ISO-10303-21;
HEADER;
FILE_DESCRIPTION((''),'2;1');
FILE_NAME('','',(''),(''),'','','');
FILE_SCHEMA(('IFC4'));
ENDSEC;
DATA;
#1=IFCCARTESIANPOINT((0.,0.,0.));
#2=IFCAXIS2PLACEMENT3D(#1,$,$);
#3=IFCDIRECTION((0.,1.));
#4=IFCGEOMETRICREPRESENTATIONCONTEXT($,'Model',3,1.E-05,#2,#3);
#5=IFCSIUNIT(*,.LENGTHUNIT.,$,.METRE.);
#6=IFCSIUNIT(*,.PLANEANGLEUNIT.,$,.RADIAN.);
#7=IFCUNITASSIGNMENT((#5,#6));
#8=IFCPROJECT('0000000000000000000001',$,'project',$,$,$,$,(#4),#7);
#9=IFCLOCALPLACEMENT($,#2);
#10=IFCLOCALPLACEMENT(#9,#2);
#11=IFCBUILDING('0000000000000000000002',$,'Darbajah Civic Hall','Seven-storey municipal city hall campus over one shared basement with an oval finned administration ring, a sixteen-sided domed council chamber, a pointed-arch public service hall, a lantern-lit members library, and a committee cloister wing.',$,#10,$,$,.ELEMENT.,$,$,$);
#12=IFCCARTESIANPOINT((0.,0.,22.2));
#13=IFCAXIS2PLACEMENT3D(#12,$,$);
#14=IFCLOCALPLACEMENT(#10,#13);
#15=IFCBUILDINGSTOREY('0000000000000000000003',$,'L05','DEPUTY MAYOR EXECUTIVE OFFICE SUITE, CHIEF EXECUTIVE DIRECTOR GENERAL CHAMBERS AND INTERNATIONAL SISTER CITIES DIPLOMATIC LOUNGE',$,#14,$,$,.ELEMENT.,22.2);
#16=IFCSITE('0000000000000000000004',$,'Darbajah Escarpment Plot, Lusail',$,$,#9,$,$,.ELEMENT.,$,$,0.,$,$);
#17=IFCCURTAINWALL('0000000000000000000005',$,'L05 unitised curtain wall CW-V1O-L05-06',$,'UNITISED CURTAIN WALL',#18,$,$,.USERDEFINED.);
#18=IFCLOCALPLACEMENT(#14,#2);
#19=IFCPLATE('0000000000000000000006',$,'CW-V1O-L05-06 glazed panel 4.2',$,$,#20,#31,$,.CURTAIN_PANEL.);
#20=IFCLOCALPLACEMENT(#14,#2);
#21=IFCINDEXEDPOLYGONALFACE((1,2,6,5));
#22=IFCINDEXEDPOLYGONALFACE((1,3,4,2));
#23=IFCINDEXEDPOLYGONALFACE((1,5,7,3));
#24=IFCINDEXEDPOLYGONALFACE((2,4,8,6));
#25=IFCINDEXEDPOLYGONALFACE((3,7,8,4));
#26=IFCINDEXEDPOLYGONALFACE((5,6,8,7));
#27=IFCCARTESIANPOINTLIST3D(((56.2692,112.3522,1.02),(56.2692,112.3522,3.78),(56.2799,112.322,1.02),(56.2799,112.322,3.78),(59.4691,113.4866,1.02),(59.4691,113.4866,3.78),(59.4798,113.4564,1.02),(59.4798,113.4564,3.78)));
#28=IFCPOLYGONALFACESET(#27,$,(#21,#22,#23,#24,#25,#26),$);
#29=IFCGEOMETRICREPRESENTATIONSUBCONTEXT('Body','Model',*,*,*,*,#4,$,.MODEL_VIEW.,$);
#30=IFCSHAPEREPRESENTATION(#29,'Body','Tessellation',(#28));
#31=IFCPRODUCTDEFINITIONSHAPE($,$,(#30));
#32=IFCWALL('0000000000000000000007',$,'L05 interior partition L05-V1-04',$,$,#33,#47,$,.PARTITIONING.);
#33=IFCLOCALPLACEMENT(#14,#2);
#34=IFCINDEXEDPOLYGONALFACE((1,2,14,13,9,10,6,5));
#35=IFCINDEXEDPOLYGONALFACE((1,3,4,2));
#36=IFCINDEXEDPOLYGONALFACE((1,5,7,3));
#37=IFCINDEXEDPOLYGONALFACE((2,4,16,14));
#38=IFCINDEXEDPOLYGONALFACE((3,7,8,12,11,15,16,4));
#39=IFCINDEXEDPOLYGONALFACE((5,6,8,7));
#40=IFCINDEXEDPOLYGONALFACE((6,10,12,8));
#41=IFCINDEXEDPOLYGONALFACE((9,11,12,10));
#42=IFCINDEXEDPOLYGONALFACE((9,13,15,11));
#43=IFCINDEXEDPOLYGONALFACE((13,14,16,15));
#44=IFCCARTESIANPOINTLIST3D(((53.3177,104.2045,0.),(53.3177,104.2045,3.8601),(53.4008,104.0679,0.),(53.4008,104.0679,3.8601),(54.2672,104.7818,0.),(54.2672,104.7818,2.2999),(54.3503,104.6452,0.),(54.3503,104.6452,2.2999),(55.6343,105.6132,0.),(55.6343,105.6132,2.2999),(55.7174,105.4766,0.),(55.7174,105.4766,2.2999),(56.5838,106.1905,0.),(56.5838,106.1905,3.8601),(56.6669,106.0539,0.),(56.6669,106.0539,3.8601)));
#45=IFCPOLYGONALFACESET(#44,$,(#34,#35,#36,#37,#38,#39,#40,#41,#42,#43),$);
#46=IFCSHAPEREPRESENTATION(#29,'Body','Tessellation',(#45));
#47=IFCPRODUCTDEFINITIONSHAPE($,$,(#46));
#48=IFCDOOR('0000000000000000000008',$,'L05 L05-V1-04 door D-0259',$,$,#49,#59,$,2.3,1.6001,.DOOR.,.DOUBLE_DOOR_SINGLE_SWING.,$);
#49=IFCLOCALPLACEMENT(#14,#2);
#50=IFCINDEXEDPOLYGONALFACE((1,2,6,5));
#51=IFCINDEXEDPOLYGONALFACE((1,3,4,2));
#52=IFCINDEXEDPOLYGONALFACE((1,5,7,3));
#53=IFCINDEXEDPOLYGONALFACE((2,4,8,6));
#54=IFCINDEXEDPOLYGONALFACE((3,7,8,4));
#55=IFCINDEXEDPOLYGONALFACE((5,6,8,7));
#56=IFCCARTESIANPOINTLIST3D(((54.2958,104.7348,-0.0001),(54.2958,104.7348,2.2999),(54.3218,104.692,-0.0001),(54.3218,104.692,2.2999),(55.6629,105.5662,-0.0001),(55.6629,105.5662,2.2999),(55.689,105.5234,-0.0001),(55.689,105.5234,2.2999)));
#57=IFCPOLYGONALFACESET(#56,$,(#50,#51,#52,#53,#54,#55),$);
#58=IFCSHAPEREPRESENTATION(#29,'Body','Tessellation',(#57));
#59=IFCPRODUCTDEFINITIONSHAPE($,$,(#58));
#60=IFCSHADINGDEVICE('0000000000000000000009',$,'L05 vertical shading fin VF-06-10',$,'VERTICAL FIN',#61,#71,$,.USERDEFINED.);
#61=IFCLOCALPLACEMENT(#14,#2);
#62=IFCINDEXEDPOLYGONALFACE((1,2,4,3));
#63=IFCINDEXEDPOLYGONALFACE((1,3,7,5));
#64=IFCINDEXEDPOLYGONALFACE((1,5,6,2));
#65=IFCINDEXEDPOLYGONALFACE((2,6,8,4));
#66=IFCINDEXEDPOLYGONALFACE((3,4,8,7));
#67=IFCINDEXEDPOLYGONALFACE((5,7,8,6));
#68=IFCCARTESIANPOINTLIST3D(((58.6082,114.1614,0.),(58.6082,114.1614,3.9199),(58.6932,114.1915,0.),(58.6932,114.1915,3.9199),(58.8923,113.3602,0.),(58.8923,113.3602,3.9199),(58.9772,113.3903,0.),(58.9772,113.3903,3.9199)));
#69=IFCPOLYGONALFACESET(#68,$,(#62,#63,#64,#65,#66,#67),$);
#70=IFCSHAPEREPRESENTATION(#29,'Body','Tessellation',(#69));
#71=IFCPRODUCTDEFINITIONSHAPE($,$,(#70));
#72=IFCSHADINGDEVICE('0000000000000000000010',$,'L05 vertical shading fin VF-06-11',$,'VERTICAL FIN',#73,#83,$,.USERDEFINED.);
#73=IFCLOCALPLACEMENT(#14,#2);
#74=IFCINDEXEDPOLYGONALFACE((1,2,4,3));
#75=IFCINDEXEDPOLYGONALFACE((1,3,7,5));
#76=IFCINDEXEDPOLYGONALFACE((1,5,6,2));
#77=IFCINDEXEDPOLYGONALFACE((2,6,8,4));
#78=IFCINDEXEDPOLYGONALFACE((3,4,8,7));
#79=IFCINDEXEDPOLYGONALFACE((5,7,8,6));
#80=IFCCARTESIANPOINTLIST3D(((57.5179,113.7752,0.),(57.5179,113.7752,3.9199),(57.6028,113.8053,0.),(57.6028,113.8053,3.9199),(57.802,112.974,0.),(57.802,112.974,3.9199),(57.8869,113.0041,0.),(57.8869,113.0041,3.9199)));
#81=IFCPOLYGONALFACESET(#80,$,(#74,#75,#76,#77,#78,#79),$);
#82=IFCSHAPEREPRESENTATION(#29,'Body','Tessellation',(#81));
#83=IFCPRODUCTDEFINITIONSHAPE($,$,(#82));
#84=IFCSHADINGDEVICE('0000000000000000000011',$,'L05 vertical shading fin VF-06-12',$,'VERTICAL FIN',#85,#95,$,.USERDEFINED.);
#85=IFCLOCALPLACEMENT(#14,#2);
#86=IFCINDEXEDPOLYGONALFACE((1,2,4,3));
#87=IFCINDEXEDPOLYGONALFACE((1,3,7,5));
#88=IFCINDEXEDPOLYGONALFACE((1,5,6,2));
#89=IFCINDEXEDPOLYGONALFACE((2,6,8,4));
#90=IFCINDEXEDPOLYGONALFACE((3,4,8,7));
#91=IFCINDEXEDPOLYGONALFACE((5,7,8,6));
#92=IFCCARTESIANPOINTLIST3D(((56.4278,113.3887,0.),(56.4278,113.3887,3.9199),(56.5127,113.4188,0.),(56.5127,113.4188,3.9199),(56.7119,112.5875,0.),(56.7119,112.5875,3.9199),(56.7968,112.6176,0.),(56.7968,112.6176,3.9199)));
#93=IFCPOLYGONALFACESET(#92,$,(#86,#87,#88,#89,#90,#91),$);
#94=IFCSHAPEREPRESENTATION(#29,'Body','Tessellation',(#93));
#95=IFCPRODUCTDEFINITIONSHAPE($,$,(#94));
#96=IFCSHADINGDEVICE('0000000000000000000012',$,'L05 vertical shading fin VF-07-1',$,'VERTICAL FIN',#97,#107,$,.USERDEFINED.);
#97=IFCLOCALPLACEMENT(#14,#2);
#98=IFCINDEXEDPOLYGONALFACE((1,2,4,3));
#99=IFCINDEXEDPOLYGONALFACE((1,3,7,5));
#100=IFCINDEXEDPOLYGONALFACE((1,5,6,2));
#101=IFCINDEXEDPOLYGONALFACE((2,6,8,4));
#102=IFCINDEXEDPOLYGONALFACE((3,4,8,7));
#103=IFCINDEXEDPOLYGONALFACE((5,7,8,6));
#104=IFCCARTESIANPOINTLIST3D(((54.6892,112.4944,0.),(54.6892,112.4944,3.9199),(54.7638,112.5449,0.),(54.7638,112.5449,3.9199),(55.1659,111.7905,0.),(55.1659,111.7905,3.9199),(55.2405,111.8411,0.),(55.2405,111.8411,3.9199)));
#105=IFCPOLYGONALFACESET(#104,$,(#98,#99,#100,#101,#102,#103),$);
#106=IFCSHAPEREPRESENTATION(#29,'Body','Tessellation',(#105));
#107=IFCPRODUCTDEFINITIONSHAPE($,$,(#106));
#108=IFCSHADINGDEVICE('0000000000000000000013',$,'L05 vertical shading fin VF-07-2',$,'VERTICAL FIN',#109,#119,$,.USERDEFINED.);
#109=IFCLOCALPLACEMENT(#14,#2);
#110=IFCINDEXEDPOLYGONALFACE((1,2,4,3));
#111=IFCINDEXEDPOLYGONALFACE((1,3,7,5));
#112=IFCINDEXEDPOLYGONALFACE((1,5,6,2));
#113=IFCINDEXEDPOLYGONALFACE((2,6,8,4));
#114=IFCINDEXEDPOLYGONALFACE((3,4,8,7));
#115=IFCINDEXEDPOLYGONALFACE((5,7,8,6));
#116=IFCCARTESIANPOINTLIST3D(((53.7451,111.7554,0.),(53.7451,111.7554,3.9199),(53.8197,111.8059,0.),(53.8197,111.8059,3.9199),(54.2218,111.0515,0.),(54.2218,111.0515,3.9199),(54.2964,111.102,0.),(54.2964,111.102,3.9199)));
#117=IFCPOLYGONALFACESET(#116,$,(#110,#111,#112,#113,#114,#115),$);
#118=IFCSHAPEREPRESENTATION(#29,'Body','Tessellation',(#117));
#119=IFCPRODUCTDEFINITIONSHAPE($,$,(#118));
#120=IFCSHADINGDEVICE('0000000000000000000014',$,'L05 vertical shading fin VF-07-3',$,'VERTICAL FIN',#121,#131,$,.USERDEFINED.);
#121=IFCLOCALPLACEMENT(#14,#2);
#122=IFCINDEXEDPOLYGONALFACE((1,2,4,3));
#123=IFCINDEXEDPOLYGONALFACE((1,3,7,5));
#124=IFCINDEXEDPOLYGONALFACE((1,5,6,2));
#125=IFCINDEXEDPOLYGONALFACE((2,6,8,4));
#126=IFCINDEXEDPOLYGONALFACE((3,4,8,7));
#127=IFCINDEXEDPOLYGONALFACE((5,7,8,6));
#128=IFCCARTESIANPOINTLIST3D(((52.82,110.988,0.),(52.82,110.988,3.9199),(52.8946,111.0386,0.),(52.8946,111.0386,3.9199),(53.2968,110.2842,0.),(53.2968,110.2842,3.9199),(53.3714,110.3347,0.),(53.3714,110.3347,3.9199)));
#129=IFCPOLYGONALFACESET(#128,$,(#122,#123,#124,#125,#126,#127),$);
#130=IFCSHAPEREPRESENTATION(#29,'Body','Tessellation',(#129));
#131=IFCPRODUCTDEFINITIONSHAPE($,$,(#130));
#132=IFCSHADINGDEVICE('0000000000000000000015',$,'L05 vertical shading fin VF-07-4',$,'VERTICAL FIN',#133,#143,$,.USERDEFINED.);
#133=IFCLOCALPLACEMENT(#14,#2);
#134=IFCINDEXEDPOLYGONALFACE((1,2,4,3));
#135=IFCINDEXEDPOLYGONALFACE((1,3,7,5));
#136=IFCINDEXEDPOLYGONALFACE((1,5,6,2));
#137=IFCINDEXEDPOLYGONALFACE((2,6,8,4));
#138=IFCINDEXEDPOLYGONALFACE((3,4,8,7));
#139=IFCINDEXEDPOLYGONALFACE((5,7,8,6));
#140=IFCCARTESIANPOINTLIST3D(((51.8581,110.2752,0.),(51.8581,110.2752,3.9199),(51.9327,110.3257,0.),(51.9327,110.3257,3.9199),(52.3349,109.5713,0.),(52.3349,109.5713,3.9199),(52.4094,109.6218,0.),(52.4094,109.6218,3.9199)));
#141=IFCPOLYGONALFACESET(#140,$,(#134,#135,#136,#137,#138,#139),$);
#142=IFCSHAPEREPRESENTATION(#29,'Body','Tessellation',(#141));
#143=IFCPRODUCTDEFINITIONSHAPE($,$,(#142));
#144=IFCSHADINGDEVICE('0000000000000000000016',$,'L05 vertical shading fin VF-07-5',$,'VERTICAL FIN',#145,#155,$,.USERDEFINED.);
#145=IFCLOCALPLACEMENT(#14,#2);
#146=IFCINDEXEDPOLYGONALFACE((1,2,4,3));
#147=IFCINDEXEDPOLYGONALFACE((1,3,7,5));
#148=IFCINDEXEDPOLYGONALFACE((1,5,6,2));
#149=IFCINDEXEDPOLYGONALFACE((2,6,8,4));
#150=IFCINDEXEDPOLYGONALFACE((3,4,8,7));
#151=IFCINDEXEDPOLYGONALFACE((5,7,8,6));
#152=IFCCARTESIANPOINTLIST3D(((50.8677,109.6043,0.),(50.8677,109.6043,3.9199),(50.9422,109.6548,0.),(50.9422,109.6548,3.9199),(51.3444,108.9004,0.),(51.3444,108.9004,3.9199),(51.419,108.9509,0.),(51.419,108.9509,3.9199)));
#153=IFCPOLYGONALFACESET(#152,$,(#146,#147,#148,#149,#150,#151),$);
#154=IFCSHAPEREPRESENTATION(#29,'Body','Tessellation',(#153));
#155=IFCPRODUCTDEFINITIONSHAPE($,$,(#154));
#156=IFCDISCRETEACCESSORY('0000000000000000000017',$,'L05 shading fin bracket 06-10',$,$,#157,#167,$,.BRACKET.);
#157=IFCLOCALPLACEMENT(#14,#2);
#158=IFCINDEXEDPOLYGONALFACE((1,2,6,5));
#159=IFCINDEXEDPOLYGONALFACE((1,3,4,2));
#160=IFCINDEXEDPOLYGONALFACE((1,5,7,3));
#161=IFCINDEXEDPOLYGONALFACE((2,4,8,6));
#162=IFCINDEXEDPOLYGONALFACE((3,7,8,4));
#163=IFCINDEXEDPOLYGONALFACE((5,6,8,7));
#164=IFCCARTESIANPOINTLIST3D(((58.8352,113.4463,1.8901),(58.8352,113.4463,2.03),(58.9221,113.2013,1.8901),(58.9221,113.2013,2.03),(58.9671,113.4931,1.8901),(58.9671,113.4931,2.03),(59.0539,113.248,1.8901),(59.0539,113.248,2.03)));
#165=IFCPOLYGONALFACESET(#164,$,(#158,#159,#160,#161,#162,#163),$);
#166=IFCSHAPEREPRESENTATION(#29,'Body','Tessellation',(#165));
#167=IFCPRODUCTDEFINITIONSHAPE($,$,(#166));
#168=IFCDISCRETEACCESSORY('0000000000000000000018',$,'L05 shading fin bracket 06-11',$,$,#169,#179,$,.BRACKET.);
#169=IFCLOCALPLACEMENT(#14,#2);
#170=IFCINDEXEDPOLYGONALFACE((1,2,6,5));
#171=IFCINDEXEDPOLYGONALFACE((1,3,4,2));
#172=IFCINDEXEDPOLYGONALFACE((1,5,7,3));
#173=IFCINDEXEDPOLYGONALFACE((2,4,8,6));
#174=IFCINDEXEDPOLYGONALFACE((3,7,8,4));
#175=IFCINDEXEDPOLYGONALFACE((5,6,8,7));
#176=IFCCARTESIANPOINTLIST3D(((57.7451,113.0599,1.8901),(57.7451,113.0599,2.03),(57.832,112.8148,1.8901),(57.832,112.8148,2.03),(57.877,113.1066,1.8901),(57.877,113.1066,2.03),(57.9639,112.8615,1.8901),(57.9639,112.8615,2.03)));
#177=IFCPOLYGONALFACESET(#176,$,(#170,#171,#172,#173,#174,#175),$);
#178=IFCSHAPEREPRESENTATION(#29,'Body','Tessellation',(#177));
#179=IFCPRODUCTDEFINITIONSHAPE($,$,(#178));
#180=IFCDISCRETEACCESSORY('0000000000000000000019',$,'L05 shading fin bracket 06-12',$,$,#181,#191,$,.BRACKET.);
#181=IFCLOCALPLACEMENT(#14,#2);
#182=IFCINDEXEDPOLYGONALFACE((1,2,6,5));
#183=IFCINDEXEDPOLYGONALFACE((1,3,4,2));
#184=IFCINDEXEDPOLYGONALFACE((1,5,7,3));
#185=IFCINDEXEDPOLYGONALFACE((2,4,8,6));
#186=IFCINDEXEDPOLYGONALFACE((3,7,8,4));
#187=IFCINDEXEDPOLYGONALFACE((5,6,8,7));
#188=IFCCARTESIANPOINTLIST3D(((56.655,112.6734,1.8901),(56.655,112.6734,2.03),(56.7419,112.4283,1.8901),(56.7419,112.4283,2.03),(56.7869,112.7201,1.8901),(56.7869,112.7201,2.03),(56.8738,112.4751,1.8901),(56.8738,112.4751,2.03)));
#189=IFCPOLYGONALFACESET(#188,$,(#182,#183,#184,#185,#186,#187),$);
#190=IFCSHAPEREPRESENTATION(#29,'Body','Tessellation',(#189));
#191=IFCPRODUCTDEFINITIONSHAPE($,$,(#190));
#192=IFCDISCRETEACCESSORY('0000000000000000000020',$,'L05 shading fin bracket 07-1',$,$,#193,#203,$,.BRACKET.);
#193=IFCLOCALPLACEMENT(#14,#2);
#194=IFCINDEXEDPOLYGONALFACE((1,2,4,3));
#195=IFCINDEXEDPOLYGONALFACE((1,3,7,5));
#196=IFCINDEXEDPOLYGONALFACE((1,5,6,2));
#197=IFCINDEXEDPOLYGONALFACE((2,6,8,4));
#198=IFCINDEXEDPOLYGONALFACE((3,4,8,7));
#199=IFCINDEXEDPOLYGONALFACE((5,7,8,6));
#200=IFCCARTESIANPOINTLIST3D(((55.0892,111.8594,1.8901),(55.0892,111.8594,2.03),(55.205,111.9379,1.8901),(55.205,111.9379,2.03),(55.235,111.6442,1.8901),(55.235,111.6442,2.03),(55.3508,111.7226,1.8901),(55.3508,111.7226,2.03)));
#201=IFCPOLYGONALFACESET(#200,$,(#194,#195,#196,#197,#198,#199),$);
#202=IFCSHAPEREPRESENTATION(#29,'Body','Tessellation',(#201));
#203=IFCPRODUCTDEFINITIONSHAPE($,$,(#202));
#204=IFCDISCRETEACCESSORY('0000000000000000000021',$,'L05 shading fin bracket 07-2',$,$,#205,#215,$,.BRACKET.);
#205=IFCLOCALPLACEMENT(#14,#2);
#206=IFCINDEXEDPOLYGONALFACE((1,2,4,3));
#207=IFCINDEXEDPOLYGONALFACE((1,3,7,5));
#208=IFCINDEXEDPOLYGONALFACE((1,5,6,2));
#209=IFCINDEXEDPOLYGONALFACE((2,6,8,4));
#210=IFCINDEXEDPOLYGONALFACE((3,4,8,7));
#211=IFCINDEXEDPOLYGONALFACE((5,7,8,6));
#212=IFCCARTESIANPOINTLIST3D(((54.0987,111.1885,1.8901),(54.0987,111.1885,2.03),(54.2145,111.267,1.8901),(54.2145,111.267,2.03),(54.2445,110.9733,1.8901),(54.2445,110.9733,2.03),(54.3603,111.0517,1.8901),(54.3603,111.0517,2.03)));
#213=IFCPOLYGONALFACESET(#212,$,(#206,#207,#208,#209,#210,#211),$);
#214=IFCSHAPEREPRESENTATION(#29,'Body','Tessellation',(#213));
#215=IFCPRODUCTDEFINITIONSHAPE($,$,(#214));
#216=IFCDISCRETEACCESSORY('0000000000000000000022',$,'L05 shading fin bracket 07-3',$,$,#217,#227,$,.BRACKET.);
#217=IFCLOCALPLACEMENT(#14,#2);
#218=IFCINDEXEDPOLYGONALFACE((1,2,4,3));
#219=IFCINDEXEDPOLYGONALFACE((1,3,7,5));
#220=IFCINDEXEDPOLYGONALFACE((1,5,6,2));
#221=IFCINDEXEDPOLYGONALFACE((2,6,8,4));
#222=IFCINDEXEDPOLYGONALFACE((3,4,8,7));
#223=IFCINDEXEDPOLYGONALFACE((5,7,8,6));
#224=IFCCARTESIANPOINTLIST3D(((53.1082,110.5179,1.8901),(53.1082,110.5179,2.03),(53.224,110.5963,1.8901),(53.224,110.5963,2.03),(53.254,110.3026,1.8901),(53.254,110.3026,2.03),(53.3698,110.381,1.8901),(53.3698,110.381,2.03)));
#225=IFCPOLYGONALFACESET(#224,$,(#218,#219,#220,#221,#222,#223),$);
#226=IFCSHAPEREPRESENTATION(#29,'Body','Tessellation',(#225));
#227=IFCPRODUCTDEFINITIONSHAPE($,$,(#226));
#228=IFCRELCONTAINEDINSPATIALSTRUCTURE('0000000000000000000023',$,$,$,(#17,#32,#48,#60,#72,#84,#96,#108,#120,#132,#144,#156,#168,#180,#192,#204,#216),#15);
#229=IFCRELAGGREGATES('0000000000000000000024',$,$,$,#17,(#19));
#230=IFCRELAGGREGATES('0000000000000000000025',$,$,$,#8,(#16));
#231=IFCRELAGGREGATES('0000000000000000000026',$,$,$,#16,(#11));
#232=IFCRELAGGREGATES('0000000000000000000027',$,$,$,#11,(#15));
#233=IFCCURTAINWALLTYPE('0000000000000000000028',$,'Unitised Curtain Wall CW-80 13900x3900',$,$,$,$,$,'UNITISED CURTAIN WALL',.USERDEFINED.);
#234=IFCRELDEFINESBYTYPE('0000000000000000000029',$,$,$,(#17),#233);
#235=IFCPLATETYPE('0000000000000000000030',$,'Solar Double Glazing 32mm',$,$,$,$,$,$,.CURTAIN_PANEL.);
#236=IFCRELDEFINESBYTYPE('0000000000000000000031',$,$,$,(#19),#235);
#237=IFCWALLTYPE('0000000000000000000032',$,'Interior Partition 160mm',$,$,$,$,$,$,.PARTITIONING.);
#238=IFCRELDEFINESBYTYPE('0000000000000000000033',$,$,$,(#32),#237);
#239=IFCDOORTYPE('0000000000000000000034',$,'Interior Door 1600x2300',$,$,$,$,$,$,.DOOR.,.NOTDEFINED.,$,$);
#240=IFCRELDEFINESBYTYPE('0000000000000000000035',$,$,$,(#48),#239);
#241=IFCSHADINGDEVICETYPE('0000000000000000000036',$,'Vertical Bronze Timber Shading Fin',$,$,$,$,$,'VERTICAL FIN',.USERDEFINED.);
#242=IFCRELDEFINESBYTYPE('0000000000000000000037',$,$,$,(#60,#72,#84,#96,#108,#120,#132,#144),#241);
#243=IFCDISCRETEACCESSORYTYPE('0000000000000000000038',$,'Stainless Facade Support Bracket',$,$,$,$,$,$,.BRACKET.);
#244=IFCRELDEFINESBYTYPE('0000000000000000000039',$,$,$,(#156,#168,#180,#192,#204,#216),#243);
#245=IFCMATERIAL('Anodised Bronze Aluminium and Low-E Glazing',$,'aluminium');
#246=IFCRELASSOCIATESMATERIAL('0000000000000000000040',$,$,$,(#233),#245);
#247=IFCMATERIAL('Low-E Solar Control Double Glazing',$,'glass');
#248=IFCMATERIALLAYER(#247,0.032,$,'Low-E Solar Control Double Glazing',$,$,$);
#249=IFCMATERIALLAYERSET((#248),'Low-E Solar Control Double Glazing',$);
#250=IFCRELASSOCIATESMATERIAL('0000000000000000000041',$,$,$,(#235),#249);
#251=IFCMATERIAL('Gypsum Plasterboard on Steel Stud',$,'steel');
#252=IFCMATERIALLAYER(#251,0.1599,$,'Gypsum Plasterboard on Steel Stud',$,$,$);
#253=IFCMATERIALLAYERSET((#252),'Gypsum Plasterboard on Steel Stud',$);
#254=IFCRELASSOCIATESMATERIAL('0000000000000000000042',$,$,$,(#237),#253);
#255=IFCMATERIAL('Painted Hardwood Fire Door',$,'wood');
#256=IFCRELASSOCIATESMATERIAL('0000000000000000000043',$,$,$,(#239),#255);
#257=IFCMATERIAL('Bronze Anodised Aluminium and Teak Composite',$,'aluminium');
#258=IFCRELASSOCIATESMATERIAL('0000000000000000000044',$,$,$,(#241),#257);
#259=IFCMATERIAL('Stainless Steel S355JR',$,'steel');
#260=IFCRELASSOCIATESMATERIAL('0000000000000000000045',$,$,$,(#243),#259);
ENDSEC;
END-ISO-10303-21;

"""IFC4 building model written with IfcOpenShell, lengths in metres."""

from ifc_helpers import new_model, si_unit, direction, frame, frame_2d, origin, origin_2d, place, context, subcontext, project, spatial, rectangle, extrude, material, layer, layer_set, type_object, element, fill, aggregate, save


model = new_model("IFC4")

# Units and contexts
model_context = context("Model", 3, precision=1e-05, world=origin(), true_north=direction((0.0, 1.0)))
body_context = subcontext(model_context, "Body", "Model", "MODEL_VIEW")
ifc_project = project(units=[si_unit("LENGTHUNIT", "METRE"), si_unit("PLANEANGLEUNIT", "RADIAN")], contexts=[model_context])

# Site, building, storey
site_placement = place(None, origin())
site = spatial("IfcSite", under=ifc_project, at=site_placement, Name="Darbajah Escarpment Plot, Lusail", CompositionType="ELEMENT", RefElevation=0.0)
building_placement = place(site_placement, origin())
building = spatial("IfcBuilding", under=site, at=building_placement, Name="Darbajah Civic Hall", Description="Seven-storey municipal city hall campus over one shared basement with an oval finned administration ring, a sixteen-sided domed council chamber, a pointed-arch public service hall, a lantern-lit members library, and a committee cloister wing.", CompositionType="ELEMENT")
storey_placement = place(building_placement, frame((0.0, 0.0, 22.2)))
storey = spatial("IfcBuildingStorey", under=building, at=storey_placement, Name="L05", Description="DEPUTY MAYOR EXECUTIVE OFFICE SUITE, CHIEF EXECUTIVE DIRECTOR GENERAL CHAMBERS AND INTERNATIONAL SISTER CITIES DIPLOMATIC LOUNGE", CompositionType="ELEMENT", Elevation=22.2)

# Shared definitions
ifc_material_1 = material(Name="Anodised Bronze Aluminium and Low-E Glazing", Category="aluminium")

# Curtain wall
curtain_wall_type_1 = type_object("IfcCurtainWallType", Name="Unitised Curtain Wall CW-80 13900x3900", ElementType="UNITISED CURTAIN WALL", PredefinedType="USERDEFINED", material=ifc_material_1)
curtain_wall_1_placement = place(storey_placement, origin())
curtain_wall_1 = element("IfcCurtainWall", 1, at=curtain_wall_1_placement, inside=storey, type_object=curtain_wall_type_1, Name="L05 unitised curtain wall CW-V1O-L05-06", ObjectType="UNITISED CURTAIN WALL", PredefinedType="USERDEFINED")

# Plate
ifc_material_2 = material(Name="Low-E Solar Control Double Glazing", Category="glass")
ifc_layer_1 = layer(ifc_material_2, 0.032, Name="Low-E Solar Control Double Glazing")
ifc_layer_set_1 = layer_set([ifc_layer_1], Name="Low-E Solar Control Double Glazing")
plate_type_1 = type_object("IfcPlateType", Name="Solar Double Glazing 32mm", PredefinedType="CURTAIN_PANEL", material=ifc_layer_set_1)
plate_1_placement = place(storey_placement, frame((57.8745, 112.9043, 1.02), z_axis=(0.0, 0.0, 1.0), x_axis=(-0.942525, -0.334136, 0.0)))
plate_1 = element("IfcPlate", 2, at=plate_1_placement, type_object=plate_type_1, Name="CW-V1O-L05-06 glazed panel 4.2", PredefinedType="CURTAIN_PANEL", context=body_context, shape_type="SweptSolid", body=[
    extrude(rectangle(XDim=3.395, YDim=0.032, at=origin_2d()), origin(), (0.0, 0.0, 1.0), 2.76),
])
aggregate(curtain_wall_1, [plate_1])

# Wall, opening, door
ifc_material_3 = material(Name="Gypsum Plasterboard on Steel Stud", Category="steel")
ifc_layer_2 = layer(ifc_material_3, 0.1599, Name="Gypsum Plasterboard on Steel Stud")
ifc_layer_set_2 = layer_set([ifc_layer_2], Name="Gypsum Plasterboard on Steel Stud")
wall_type = type_object("IfcWallType", Name="Interior Partition 160mm", PredefinedType="PARTITIONING", material=ifc_layer_set_2)
wall_placement = place(storey_placement, frame((53.3594, 104.1362, 0.0), z_axis=(0.0, 0.0, 1.0), x_axis=(0.854429, 0.519568, 0.0)))
wall = element("IfcWall", 3, at=wall_placement, inside=storey, type_object=wall_type, Name="L05 interior partition L05-V1-04", PredefinedType="PARTITIONING", context=body_context, shape_type="SweptSolid", body=[
    extrude(rectangle(XDim=3.8225, YDim=0.1599, at=frame_2d((1.9111, 0.0))), origin(), (0.0, 0.0, 1.0), 3.8601),
])
opening_placement = place(wall_placement, frame((1.1111, 0.0, 0.0)))
opening = element("IfcOpeningElement", 4, at=opening_placement, cuts=wall, PredefinedType="OPENING", context=body_context, shape_type="SweptSolid", body=[
    extrude(rectangle(XDim=1.6001, YDim=2.3, at=frame_2d((0.8, 1.1499))), frame((0.0, 0.0898, 0.0), z_axis=(0.0, -1.0, 0.0), x_axis=(1.0, 0.0, 0.0)), (0.0, 0.0, 1.0), 0.1799),
])
ifc_material_4 = material(Name="Painted Hardwood Fire Door", Category="wood")
door_type = type_object("IfcDoorType", Name="Interior Door 1600x2300", OperationType="NOTDEFINED", PredefinedType="DOOR", material=ifc_material_4)
door_placement = place(opening_placement, origin())
door = element("IfcDoor", 5, at=door_placement, inside=storey, type_object=door_type, Name="L05 L05-V1-04 door D-0259", OperationType="DOUBLE_DOOR_SINGLE_SWING", OverallHeight=2.3, OverallWidth=1.6001, PredefinedType="DOOR", context=body_context, shape_type="SweptSolid", body=[
    extrude(rectangle(XDim=1.6001, YDim=2.3, at=frame_2d((0.8, 1.1499))), frame((0.0, 0.0249, 0.0), z_axis=(0.0, -1.0, 0.0), x_axis=(1.0, 0.0, 0.0)), (0.0, 0.0, 1.0), 0.05),
])
fill(opening, door)

# Shading devices
ifc_material_5 = material(Name="Bronze Anodised Aluminium and Teak Composite", Category="aluminium")
shading_device_type = type_object("IfcShadingDeviceType", Name="Vertical Bronze Timber Shading Fin", ElementType="VERTICAL FIN", PredefinedType="USERDEFINED", material=ifc_material_5)
for number, where, z_axis, x_axis, name in (
    (6, (58.7927, 113.7759, 0.0), (0.0, 0.0, 1.0), (-0.334136, 0.942525, 0.0), "L05 vertical shading fin VF-06-10"),
    (7, (57.7024, 113.3896, 0.0), (0.0, 0.0, 1.0), (-0.334136, 0.942525, 0.0), "L05 vertical shading fin VF-06-11"),
    (8, (56.6123, 113.0032, 0.0), (0.0, 0.0, 1.0), (-0.334136, 0.942525, 0.0), "L05 vertical shading fin VF-06-12"),
    (9, (54.9648, 112.1677, 0.0), (0.0, 0.0, 1.0), (-0.560784, 0.827962, 0.0), "L05 vertical shading fin VF-07-1"),
    (10, (54.0208, 111.4287, 0.0), (0.0, 0.0, 1.0), (-0.560784, 0.827962, 0.0), "L05 vertical shading fin VF-07-2"),
    (11, (53.0957, 110.6614, 0.0), (0.0, 0.0, 1.0), (-0.560784, 0.827962, 0.0), "L05 vertical shading fin VF-07-3"),
    (12, (52.1338, 109.9485, 0.0), (0.0, 0.0, 1.0), (-0.560784, 0.827962, 0.0), "L05 vertical shading fin VF-07-4"),
    (13, (51.1433, 109.2776, 0.0), (0.0, 0.0, 1.0), (-0.560784, 0.827962, 0.0), "L05 vertical shading fin VF-07-5"),
):
    element("IfcShadingDevice", number, at=place(storey_placement, frame(where, z_axis=z_axis, x_axis=x_axis)), inside=storey, type_object=shading_device_type, Name=name, ObjectType="VERTICAL FIN", PredefinedType="USERDEFINED", context=body_context, shape_type="SweptSolid", body=[
        extrude(rectangle(XDim=0.8501, YDim=0.0901, at=origin_2d()), origin(), (0.0, 0.0, 1.0), 3.9199),
    ])

# Discrete accessories
ifc_material_6 = material(Name="Stainless Steel S355JR", Category="steel")
discrete_accessory_type = type_object("IfcDiscreteAccessoryType", Name="Stainless Facade Support Bracket", PredefinedType="BRACKET", material=ifc_material_6)
for number, where, z_axis, x_axis, name in (
    (14, (58.9446, 113.3472, 1.8901), (0.0, 0.0, 1.0), (-0.334136, 0.942525, 0.0), "L05 shading fin bracket 06-10"),
    (15, (57.8545, 112.9607, 1.8901), (0.0, 0.0, 1.0), (-0.334136, 0.942525, 0.0), "L05 shading fin bracket 06-11"),
    (16, (56.7644, 112.5742, 1.8901), (0.0, 0.0, 1.0), (-0.334136, 0.942525, 0.0), "L05 shading fin bracket 06-12"),
    (17, (55.22, 111.791, 1.8901), (0.0, 0.0, 1.0), (-0.560784, 0.827962, 0.0), "L05 shading fin bracket 07-1"),
    (18, (54.2295, 111.1201, 1.8901), (0.0, 0.0, 1.0), (-0.560784, 0.827962, 0.0), "L05 shading fin bracket 07-2"),
    (19, (53.239, 110.4495, 1.8901), (0.0, 0.0, 1.0), (-0.560784, 0.827962, 0.0), "L05 shading fin bracket 07-3"),
):
    element("IfcDiscreteAccessory", number, at=place(storey_placement, frame(where, z_axis=z_axis, x_axis=x_axis)), inside=storey, type_object=discrete_accessory_type, Name=name, PredefinedType="BRACKET", context=body_context, shape_type="SweptSolid", body=[
        extrude(rectangle(XDim=0.26, YDim=0.1399, at=origin_2d()), origin(), (0.0, 0.0, 1.0), 0.1399),
    ])

save(model, "model.ifc")
